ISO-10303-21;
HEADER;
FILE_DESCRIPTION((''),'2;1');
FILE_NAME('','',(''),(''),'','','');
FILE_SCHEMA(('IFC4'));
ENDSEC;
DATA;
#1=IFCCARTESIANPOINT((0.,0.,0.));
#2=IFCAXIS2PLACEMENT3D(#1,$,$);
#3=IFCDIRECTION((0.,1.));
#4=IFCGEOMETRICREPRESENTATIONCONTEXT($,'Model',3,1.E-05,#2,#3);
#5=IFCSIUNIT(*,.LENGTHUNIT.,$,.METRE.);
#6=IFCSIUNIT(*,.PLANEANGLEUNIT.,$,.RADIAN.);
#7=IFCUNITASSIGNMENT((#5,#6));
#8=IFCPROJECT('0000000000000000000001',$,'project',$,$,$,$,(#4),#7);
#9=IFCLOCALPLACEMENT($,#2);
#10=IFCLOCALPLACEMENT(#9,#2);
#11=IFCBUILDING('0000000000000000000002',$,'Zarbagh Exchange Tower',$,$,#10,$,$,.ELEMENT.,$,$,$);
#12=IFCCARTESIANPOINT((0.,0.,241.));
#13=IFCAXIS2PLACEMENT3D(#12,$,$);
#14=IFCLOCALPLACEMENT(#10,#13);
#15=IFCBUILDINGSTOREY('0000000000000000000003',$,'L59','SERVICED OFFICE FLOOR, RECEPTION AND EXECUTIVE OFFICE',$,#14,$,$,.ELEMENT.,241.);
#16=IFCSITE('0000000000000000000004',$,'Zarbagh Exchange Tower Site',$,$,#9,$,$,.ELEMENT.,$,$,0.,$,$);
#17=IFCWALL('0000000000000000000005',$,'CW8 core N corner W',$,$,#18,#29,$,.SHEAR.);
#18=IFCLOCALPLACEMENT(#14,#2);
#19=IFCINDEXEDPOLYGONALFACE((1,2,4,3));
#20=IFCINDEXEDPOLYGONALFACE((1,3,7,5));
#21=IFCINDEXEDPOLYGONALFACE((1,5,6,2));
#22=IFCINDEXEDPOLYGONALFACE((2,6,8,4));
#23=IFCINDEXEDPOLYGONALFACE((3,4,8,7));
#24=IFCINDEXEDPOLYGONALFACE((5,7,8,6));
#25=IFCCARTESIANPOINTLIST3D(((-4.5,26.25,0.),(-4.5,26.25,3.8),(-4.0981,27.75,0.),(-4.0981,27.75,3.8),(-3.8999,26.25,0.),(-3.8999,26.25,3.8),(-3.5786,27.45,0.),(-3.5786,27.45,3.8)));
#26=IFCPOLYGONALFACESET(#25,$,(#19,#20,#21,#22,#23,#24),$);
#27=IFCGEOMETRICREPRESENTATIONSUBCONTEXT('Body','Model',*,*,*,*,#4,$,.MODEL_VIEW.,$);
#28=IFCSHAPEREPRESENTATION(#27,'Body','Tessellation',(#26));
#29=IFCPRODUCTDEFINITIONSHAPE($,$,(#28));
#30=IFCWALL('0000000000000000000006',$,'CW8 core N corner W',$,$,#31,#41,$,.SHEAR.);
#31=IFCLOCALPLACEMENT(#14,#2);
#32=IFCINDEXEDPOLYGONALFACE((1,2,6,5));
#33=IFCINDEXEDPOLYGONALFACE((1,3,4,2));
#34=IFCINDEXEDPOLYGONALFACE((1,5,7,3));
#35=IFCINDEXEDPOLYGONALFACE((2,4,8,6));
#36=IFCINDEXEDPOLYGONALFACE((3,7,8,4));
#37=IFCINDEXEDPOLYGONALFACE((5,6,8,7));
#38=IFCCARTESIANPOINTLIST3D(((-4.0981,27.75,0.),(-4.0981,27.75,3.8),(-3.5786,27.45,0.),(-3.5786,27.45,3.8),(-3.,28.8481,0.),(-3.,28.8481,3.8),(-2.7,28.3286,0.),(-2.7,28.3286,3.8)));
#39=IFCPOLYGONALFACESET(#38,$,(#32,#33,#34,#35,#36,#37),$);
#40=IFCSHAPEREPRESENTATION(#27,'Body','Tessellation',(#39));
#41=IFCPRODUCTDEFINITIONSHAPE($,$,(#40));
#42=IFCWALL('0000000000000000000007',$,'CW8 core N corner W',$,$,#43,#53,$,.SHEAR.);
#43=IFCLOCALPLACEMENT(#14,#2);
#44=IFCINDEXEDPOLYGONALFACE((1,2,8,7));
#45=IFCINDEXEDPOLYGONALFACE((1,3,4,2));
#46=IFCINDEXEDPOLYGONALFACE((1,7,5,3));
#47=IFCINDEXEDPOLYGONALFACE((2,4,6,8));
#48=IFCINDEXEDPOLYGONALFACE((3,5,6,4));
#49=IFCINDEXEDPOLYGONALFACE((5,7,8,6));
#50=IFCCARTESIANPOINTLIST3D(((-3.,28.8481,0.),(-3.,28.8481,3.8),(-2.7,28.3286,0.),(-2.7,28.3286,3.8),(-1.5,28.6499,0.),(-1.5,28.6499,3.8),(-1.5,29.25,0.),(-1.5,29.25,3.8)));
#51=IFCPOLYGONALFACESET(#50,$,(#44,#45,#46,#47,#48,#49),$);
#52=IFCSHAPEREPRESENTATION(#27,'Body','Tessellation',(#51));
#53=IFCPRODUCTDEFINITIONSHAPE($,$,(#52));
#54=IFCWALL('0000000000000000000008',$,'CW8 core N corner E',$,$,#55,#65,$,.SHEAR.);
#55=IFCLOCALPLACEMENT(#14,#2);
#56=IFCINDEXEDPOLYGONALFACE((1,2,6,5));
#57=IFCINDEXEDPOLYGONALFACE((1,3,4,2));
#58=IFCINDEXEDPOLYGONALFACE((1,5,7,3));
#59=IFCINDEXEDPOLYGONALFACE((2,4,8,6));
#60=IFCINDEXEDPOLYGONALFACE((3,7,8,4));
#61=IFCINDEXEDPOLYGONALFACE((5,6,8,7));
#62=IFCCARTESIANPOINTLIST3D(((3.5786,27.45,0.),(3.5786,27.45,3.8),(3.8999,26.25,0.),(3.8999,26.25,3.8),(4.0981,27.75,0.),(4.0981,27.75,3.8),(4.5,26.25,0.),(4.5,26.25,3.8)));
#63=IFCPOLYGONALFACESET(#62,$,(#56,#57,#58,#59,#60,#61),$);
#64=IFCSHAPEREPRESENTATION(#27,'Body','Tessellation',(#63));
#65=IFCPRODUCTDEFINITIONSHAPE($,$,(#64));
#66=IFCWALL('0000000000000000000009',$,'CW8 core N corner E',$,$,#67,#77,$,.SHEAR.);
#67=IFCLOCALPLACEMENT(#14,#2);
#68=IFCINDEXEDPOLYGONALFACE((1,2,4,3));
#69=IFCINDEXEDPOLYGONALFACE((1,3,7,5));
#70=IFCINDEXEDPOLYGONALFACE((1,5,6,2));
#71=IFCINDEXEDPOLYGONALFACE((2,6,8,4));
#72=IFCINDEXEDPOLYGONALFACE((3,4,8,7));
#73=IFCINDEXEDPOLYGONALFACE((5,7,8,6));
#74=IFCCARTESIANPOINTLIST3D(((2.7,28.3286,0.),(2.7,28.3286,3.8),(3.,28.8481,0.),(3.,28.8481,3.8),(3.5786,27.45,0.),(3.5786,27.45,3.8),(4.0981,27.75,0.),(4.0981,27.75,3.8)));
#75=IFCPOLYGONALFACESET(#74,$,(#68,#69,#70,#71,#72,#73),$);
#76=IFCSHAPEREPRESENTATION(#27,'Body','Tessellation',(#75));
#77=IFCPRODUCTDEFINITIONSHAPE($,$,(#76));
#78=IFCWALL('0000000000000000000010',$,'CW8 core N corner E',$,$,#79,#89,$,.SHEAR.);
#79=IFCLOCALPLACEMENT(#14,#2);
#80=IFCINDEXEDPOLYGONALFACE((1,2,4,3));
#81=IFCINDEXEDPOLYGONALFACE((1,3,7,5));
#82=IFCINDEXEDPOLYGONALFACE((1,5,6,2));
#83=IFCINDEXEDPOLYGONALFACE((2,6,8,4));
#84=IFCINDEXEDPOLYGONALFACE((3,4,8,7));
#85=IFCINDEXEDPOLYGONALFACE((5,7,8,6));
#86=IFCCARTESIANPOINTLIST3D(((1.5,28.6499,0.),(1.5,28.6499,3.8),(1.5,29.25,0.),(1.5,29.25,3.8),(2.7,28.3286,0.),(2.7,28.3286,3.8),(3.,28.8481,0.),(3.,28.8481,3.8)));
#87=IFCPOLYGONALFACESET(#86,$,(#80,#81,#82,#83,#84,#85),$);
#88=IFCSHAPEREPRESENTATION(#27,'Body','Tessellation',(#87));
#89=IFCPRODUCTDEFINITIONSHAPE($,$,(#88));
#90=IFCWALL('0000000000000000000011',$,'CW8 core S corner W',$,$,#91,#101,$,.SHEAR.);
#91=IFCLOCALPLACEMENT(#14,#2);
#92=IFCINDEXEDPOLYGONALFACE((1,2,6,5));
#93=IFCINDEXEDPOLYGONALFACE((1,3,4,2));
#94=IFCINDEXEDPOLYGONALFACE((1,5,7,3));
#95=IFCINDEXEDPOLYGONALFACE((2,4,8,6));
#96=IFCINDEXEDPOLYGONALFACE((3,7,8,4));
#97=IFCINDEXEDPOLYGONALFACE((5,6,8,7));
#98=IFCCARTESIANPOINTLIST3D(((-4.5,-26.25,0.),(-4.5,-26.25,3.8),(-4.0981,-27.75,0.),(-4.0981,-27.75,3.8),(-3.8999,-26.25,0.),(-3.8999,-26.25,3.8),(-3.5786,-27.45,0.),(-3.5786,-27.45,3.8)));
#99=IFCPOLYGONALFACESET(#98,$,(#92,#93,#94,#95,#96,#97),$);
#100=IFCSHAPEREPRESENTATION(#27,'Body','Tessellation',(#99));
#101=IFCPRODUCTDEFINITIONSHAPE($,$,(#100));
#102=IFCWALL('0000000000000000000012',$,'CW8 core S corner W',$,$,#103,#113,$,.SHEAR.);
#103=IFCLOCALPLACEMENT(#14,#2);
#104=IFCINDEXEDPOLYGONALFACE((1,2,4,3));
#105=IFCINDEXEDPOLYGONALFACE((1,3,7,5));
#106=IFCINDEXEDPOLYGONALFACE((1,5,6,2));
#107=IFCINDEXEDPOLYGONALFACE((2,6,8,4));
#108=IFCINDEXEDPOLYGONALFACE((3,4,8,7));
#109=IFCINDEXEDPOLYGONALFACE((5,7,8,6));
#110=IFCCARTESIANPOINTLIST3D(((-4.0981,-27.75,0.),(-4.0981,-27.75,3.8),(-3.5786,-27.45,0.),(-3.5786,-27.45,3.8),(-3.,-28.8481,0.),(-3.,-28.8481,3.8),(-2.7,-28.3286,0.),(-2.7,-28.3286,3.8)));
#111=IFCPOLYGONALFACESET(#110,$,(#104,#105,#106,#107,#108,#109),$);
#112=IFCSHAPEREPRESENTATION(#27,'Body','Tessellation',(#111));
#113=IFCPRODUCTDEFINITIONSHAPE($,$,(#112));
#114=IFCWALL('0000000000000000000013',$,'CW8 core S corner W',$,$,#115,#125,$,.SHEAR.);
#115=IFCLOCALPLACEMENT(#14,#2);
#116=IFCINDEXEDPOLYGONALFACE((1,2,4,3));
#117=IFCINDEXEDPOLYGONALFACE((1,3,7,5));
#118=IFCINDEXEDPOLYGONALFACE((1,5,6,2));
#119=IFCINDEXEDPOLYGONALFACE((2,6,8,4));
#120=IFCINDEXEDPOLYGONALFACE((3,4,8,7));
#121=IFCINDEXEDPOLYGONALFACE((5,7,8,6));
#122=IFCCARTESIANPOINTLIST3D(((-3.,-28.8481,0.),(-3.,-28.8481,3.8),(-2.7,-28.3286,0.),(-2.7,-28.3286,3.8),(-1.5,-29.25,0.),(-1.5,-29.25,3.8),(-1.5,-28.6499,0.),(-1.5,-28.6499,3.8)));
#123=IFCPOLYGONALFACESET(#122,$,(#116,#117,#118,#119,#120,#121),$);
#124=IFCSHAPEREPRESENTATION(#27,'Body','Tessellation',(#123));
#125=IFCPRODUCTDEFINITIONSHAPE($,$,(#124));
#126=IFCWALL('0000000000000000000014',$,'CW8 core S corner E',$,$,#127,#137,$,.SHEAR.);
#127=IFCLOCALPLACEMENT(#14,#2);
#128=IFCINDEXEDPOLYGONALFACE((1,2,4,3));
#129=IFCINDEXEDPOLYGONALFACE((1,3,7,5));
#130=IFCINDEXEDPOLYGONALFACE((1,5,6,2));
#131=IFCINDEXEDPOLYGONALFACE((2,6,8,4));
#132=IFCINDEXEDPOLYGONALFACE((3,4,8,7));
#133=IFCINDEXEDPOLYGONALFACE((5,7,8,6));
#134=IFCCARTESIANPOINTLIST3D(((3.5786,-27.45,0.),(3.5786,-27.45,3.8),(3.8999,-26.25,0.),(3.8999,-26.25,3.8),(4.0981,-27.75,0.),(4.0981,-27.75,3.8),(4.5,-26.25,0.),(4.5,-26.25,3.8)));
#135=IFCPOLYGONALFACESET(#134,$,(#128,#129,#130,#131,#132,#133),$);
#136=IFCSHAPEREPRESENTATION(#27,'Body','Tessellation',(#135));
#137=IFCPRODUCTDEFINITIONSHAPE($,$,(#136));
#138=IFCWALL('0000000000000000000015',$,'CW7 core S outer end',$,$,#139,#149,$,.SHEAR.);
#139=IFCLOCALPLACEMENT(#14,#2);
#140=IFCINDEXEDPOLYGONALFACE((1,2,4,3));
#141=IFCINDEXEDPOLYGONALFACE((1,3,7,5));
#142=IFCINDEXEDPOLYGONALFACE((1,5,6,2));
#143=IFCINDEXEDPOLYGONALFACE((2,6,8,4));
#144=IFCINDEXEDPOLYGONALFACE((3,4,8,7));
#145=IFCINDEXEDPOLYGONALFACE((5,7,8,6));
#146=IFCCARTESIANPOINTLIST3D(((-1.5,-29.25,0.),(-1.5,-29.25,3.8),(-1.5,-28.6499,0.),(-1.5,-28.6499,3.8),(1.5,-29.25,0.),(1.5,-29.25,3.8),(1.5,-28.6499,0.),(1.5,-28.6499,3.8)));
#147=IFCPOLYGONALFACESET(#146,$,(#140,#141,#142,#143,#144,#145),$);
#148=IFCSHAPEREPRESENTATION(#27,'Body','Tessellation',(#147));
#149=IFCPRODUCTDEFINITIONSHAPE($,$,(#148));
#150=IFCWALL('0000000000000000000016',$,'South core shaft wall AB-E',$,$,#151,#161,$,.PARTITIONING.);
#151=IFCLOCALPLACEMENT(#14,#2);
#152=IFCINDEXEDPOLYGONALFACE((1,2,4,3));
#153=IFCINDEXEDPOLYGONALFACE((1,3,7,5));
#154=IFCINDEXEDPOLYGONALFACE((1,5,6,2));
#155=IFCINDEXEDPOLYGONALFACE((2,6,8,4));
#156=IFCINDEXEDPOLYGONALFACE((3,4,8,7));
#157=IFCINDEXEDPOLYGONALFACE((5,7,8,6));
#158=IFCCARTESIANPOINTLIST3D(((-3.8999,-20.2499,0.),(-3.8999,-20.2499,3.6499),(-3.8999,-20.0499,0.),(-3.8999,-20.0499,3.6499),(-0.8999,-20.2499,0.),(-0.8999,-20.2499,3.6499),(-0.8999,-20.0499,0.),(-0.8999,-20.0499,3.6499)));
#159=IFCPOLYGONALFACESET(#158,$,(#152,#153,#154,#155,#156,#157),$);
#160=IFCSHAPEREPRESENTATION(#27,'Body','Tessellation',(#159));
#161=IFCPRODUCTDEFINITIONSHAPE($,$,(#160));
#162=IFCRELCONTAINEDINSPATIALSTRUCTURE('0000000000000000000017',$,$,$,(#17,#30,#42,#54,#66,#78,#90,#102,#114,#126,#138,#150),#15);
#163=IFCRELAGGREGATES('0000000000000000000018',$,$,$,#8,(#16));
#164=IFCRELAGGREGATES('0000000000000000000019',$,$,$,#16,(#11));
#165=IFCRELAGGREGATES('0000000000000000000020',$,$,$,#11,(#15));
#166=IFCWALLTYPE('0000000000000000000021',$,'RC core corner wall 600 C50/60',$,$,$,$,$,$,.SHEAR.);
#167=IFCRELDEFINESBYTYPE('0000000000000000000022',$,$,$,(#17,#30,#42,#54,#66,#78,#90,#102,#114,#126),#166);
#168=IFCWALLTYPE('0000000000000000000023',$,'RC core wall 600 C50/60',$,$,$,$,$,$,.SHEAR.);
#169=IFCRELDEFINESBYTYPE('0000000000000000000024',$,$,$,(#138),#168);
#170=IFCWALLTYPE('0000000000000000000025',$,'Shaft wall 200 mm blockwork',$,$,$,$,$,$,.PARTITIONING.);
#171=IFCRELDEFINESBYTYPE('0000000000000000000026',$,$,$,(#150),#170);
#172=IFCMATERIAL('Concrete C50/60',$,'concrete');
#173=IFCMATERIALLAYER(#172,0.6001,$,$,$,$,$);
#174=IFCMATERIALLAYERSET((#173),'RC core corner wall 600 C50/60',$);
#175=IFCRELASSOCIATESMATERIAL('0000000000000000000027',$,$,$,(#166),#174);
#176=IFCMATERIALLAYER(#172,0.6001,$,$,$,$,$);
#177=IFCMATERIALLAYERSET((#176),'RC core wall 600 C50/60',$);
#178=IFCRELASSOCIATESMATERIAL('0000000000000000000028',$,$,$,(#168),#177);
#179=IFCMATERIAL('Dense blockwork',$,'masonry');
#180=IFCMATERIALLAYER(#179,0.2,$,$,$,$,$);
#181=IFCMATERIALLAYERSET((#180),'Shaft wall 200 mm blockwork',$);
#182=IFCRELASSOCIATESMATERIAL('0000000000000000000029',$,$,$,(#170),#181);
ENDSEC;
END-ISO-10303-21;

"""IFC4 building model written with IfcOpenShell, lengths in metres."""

from ifc_helpers import new_model, si_unit, direction, frame, frame_2d, origin, place, context, subcontext, project, spatial, polyline, rectangle, outline, extrude, material, layer, layer_set, type_object, element, save


model = new_model("IFC4")

# Units and contexts
model_context = context("Model", 3, precision=1e-05, world=origin(), true_north=direction((0.0, 1.0)))
body_context = subcontext(model_context, "Body", "Model", "MODEL_VIEW")
ifc_project = project(units=[si_unit("LENGTHUNIT", "METRE"), si_unit("PLANEANGLEUNIT", "RADIAN")], contexts=[model_context])

# Site, building, storey
site_placement = place(None, origin())
site = spatial("IfcSite", under=ifc_project, at=site_placement, Name="Zarbagh Exchange Tower Site", CompositionType="ELEMENT", RefElevation=0.0)
building_placement = place(site_placement, origin())
building = spatial("IfcBuilding", under=site, at=building_placement, Name="Zarbagh Exchange Tower", CompositionType="ELEMENT")
storey_placement = place(building_placement, frame((0.0, 0.0, 241.0)))
storey = spatial("IfcBuildingStorey", under=building, at=storey_placement, Name="L59", Description="SERVICED OFFICE FLOOR, RECEPTION AND EXECUTIVE OFFICE", CompositionType="ELEMENT", Elevation=241.0)

# Shared definitions
ifc_material_1 = material(Name="Dense blockwork", Category="masonry")

# Walls
ifc_material_2 = material(Name="Concrete C50/60", Category="concrete")
ifc_layer_1 = layer(ifc_material_2, 0.6001)
ifc_layer_set_1 = layer_set([ifc_layer_1], Name="RC core corner wall 600 C50/60")
wall_type_1 = type_object("IfcWallType", Name="RC core corner wall 600 C50/60", PredefinedType="SHEAR", material=ifc_layer_set_1)
wall_1_placement = place(storey_placement, origin())
element("IfcWall", 1, at=wall_1_placement, inside=storey, type_object=wall_type_1, Name="CW8 core N corner W", PredefinedType="SHEAR", context=body_context, shape_type="SweptSolid", body=[
    extrude(outline(polyline([(-4.5, 26.25), (-4.0981, 27.75), (-3.5786, 27.45), (-3.8999, 26.25), (-4.5, 26.25)])), origin(), (0.0, 0.0, 1.0), 3.8),
])
wall_2_placement = place(storey_placement, origin())
element("IfcWall", 2, at=wall_2_placement, inside=storey, type_object=wall_type_1, Name="CW8 core N corner W", PredefinedType="SHEAR", context=body_context, shape_type="SweptSolid", body=[
    extrude(outline(polyline([(-4.0981, 27.75), (-3.0, 28.8481), (-2.7, 28.3286), (-3.5786, 27.45), (-4.0981, 27.75)])), origin(), (0.0, 0.0, 1.0), 3.8),
])
wall_3_placement = place(storey_placement, origin())
element("IfcWall", 3, at=wall_3_placement, inside=storey, type_object=wall_type_1, Name="CW8 core N corner W", PredefinedType="SHEAR", context=body_context, shape_type="SweptSolid", body=[
    extrude(outline(polyline([(-3.0, 28.8481), (-1.5, 29.25), (-1.5, 28.6499), (-2.7, 28.3286), (-3.0, 28.8481)])), origin(), (0.0, 0.0, 1.0), 3.8),
])
wall_4_placement = place(storey_placement, origin())
element("IfcWall", 4, at=wall_4_placement, inside=storey, type_object=wall_type_1, Name="CW8 core N corner E", PredefinedType="SHEAR", context=body_context, shape_type="SweptSolid", body=[
    extrude(outline(polyline([(4.5, 26.25), (4.0981, 27.75), (3.5786, 27.45), (3.8999, 26.25), (4.5, 26.25)])), origin(), (0.0, 0.0, 1.0), 3.8),
])
wall_5_placement = place(storey_placement, origin())
element("IfcWall", 5, at=wall_5_placement, inside=storey, type_object=wall_type_1, Name="CW8 core N corner E", PredefinedType="SHEAR", context=body_context, shape_type="SweptSolid", body=[
    extrude(outline(polyline([(4.0981, 27.75), (3.0, 28.8481), (2.7, 28.3286), (3.5786, 27.45), (4.0981, 27.75)])), origin(), (0.0, 0.0, 1.0), 3.8),
])
wall_6_placement = place(storey_placement, origin())
element("IfcWall", 6, at=wall_6_placement, inside=storey, type_object=wall_type_1, Name="CW8 core N corner E", PredefinedType="SHEAR", context=body_context, shape_type="SweptSolid", body=[
    extrude(outline(polyline([(3.0, 28.8481), (1.5, 29.25), (1.5, 28.6499), (2.7, 28.3286), (3.0, 28.8481)])), origin(), (0.0, 0.0, 1.0), 3.8),
])
wall_7_placement = place(storey_placement, origin())
element("IfcWall", 7, at=wall_7_placement, inside=storey, type_object=wall_type_1, Name="CW8 core S corner W", PredefinedType="SHEAR", context=body_context, shape_type="SweptSolid", body=[
    extrude(outline(polyline([(-4.5, -26.25), (-4.0981, -27.75), (-3.5786, -27.45), (-3.8999, -26.25), (-4.5, -26.25)])), origin(), (0.0, 0.0, 1.0), 3.8),
])
wall_8_placement = place(storey_placement, origin())
element("IfcWall", 8, at=wall_8_placement, inside=storey, type_object=wall_type_1, Name="CW8 core S corner W", PredefinedType="SHEAR", context=body_context, shape_type="SweptSolid", body=[
    extrude(outline(polyline([(-4.0981, -27.75), (-3.0, -28.8481), (-2.7, -28.3286), (-3.5786, -27.45), (-4.0981, -27.75)])), origin(), (0.0, 0.0, 1.0), 3.8),
])
wall_9_placement = place(storey_placement, origin())
element("IfcWall", 9, at=wall_9_placement, inside=storey, type_object=wall_type_1, Name="CW8 core S corner W", PredefinedType="SHEAR", context=body_context, shape_type="SweptSolid", body=[
    extrude(outline(polyline([(-3.0, -28.8481), (-1.5, -29.25), (-1.5, -28.6499), (-2.7, -28.3286), (-3.0, -28.8481)])), origin(), (0.0, 0.0, 1.0), 3.8),
])
wall_10_placement = place(storey_placement, origin())
element("IfcWall", 10, at=wall_10_placement, inside=storey, type_object=wall_type_1, Name="CW8 core S corner E", PredefinedType="SHEAR", context=body_context, shape_type="SweptSolid", body=[
    extrude(outline(polyline([(4.5, -26.25), (4.0981, -27.75), (3.5786, -27.45), (3.8999, -26.25), (4.5, -26.25)])), origin(), (0.0, 0.0, 1.0), 3.8),
])
ifc_layer_2 = layer(ifc_material_2, 0.6001)
ifc_layer_set_2 = layer_set([ifc_layer_2], Name="RC core wall 600 C50/60")
wall_type_2 = type_object("IfcWallType", Name="RC core wall 600 C50/60", PredefinedType="SHEAR", material=ifc_layer_set_2)
wall_11_placement = place(storey_placement, frame((-1.5, -28.95, 0.0), z_axis=(0.0, 0.0, 1.0), x_axis=(1.0, 0.0, 0.0)))
element("IfcWall", 11, at=wall_11_placement, inside=storey, type_object=wall_type_2, Name="CW7 core S outer end", PredefinedType="SHEAR", context=body_context, shape_type="SweptSolid", body=[
    extrude(rectangle(XDim=3.0, YDim=0.6001, at=frame_2d((1.5, 0.0))), origin(), (0.0, 0.0, 1.0), 3.8),
])
ifc_layer_3 = layer(ifc_material_1, 0.2)
ifc_layer_set_3 = layer_set([ifc_layer_3], Name="Shaft wall 200 mm blockwork")
wall_type_3 = type_object("IfcWallType", Name="Shaft wall 200 mm blockwork", PredefinedType="PARTITIONING", material=ifc_layer_set_3)
wall_12_placement = place(storey_placement, frame((-0.8999, -20.1499, 0.0), z_axis=(0.0, 0.0, 1.0), x_axis=(-1.0, 0.0, 0.0)))
element("IfcWall", 12, at=wall_12_placement, inside=storey, type_object=wall_type_3, Name="South core shaft wall AB-E", PredefinedType="PARTITIONING", context=body_context, shape_type="SweptSolid", body=[
    extrude(rectangle(XDim=3.0, YDim=0.2, at=frame_2d((1.5, 0.0))), origin(), (0.0, 0.0, 1.0), 3.6499),
])

save(model, "model.ifc")
